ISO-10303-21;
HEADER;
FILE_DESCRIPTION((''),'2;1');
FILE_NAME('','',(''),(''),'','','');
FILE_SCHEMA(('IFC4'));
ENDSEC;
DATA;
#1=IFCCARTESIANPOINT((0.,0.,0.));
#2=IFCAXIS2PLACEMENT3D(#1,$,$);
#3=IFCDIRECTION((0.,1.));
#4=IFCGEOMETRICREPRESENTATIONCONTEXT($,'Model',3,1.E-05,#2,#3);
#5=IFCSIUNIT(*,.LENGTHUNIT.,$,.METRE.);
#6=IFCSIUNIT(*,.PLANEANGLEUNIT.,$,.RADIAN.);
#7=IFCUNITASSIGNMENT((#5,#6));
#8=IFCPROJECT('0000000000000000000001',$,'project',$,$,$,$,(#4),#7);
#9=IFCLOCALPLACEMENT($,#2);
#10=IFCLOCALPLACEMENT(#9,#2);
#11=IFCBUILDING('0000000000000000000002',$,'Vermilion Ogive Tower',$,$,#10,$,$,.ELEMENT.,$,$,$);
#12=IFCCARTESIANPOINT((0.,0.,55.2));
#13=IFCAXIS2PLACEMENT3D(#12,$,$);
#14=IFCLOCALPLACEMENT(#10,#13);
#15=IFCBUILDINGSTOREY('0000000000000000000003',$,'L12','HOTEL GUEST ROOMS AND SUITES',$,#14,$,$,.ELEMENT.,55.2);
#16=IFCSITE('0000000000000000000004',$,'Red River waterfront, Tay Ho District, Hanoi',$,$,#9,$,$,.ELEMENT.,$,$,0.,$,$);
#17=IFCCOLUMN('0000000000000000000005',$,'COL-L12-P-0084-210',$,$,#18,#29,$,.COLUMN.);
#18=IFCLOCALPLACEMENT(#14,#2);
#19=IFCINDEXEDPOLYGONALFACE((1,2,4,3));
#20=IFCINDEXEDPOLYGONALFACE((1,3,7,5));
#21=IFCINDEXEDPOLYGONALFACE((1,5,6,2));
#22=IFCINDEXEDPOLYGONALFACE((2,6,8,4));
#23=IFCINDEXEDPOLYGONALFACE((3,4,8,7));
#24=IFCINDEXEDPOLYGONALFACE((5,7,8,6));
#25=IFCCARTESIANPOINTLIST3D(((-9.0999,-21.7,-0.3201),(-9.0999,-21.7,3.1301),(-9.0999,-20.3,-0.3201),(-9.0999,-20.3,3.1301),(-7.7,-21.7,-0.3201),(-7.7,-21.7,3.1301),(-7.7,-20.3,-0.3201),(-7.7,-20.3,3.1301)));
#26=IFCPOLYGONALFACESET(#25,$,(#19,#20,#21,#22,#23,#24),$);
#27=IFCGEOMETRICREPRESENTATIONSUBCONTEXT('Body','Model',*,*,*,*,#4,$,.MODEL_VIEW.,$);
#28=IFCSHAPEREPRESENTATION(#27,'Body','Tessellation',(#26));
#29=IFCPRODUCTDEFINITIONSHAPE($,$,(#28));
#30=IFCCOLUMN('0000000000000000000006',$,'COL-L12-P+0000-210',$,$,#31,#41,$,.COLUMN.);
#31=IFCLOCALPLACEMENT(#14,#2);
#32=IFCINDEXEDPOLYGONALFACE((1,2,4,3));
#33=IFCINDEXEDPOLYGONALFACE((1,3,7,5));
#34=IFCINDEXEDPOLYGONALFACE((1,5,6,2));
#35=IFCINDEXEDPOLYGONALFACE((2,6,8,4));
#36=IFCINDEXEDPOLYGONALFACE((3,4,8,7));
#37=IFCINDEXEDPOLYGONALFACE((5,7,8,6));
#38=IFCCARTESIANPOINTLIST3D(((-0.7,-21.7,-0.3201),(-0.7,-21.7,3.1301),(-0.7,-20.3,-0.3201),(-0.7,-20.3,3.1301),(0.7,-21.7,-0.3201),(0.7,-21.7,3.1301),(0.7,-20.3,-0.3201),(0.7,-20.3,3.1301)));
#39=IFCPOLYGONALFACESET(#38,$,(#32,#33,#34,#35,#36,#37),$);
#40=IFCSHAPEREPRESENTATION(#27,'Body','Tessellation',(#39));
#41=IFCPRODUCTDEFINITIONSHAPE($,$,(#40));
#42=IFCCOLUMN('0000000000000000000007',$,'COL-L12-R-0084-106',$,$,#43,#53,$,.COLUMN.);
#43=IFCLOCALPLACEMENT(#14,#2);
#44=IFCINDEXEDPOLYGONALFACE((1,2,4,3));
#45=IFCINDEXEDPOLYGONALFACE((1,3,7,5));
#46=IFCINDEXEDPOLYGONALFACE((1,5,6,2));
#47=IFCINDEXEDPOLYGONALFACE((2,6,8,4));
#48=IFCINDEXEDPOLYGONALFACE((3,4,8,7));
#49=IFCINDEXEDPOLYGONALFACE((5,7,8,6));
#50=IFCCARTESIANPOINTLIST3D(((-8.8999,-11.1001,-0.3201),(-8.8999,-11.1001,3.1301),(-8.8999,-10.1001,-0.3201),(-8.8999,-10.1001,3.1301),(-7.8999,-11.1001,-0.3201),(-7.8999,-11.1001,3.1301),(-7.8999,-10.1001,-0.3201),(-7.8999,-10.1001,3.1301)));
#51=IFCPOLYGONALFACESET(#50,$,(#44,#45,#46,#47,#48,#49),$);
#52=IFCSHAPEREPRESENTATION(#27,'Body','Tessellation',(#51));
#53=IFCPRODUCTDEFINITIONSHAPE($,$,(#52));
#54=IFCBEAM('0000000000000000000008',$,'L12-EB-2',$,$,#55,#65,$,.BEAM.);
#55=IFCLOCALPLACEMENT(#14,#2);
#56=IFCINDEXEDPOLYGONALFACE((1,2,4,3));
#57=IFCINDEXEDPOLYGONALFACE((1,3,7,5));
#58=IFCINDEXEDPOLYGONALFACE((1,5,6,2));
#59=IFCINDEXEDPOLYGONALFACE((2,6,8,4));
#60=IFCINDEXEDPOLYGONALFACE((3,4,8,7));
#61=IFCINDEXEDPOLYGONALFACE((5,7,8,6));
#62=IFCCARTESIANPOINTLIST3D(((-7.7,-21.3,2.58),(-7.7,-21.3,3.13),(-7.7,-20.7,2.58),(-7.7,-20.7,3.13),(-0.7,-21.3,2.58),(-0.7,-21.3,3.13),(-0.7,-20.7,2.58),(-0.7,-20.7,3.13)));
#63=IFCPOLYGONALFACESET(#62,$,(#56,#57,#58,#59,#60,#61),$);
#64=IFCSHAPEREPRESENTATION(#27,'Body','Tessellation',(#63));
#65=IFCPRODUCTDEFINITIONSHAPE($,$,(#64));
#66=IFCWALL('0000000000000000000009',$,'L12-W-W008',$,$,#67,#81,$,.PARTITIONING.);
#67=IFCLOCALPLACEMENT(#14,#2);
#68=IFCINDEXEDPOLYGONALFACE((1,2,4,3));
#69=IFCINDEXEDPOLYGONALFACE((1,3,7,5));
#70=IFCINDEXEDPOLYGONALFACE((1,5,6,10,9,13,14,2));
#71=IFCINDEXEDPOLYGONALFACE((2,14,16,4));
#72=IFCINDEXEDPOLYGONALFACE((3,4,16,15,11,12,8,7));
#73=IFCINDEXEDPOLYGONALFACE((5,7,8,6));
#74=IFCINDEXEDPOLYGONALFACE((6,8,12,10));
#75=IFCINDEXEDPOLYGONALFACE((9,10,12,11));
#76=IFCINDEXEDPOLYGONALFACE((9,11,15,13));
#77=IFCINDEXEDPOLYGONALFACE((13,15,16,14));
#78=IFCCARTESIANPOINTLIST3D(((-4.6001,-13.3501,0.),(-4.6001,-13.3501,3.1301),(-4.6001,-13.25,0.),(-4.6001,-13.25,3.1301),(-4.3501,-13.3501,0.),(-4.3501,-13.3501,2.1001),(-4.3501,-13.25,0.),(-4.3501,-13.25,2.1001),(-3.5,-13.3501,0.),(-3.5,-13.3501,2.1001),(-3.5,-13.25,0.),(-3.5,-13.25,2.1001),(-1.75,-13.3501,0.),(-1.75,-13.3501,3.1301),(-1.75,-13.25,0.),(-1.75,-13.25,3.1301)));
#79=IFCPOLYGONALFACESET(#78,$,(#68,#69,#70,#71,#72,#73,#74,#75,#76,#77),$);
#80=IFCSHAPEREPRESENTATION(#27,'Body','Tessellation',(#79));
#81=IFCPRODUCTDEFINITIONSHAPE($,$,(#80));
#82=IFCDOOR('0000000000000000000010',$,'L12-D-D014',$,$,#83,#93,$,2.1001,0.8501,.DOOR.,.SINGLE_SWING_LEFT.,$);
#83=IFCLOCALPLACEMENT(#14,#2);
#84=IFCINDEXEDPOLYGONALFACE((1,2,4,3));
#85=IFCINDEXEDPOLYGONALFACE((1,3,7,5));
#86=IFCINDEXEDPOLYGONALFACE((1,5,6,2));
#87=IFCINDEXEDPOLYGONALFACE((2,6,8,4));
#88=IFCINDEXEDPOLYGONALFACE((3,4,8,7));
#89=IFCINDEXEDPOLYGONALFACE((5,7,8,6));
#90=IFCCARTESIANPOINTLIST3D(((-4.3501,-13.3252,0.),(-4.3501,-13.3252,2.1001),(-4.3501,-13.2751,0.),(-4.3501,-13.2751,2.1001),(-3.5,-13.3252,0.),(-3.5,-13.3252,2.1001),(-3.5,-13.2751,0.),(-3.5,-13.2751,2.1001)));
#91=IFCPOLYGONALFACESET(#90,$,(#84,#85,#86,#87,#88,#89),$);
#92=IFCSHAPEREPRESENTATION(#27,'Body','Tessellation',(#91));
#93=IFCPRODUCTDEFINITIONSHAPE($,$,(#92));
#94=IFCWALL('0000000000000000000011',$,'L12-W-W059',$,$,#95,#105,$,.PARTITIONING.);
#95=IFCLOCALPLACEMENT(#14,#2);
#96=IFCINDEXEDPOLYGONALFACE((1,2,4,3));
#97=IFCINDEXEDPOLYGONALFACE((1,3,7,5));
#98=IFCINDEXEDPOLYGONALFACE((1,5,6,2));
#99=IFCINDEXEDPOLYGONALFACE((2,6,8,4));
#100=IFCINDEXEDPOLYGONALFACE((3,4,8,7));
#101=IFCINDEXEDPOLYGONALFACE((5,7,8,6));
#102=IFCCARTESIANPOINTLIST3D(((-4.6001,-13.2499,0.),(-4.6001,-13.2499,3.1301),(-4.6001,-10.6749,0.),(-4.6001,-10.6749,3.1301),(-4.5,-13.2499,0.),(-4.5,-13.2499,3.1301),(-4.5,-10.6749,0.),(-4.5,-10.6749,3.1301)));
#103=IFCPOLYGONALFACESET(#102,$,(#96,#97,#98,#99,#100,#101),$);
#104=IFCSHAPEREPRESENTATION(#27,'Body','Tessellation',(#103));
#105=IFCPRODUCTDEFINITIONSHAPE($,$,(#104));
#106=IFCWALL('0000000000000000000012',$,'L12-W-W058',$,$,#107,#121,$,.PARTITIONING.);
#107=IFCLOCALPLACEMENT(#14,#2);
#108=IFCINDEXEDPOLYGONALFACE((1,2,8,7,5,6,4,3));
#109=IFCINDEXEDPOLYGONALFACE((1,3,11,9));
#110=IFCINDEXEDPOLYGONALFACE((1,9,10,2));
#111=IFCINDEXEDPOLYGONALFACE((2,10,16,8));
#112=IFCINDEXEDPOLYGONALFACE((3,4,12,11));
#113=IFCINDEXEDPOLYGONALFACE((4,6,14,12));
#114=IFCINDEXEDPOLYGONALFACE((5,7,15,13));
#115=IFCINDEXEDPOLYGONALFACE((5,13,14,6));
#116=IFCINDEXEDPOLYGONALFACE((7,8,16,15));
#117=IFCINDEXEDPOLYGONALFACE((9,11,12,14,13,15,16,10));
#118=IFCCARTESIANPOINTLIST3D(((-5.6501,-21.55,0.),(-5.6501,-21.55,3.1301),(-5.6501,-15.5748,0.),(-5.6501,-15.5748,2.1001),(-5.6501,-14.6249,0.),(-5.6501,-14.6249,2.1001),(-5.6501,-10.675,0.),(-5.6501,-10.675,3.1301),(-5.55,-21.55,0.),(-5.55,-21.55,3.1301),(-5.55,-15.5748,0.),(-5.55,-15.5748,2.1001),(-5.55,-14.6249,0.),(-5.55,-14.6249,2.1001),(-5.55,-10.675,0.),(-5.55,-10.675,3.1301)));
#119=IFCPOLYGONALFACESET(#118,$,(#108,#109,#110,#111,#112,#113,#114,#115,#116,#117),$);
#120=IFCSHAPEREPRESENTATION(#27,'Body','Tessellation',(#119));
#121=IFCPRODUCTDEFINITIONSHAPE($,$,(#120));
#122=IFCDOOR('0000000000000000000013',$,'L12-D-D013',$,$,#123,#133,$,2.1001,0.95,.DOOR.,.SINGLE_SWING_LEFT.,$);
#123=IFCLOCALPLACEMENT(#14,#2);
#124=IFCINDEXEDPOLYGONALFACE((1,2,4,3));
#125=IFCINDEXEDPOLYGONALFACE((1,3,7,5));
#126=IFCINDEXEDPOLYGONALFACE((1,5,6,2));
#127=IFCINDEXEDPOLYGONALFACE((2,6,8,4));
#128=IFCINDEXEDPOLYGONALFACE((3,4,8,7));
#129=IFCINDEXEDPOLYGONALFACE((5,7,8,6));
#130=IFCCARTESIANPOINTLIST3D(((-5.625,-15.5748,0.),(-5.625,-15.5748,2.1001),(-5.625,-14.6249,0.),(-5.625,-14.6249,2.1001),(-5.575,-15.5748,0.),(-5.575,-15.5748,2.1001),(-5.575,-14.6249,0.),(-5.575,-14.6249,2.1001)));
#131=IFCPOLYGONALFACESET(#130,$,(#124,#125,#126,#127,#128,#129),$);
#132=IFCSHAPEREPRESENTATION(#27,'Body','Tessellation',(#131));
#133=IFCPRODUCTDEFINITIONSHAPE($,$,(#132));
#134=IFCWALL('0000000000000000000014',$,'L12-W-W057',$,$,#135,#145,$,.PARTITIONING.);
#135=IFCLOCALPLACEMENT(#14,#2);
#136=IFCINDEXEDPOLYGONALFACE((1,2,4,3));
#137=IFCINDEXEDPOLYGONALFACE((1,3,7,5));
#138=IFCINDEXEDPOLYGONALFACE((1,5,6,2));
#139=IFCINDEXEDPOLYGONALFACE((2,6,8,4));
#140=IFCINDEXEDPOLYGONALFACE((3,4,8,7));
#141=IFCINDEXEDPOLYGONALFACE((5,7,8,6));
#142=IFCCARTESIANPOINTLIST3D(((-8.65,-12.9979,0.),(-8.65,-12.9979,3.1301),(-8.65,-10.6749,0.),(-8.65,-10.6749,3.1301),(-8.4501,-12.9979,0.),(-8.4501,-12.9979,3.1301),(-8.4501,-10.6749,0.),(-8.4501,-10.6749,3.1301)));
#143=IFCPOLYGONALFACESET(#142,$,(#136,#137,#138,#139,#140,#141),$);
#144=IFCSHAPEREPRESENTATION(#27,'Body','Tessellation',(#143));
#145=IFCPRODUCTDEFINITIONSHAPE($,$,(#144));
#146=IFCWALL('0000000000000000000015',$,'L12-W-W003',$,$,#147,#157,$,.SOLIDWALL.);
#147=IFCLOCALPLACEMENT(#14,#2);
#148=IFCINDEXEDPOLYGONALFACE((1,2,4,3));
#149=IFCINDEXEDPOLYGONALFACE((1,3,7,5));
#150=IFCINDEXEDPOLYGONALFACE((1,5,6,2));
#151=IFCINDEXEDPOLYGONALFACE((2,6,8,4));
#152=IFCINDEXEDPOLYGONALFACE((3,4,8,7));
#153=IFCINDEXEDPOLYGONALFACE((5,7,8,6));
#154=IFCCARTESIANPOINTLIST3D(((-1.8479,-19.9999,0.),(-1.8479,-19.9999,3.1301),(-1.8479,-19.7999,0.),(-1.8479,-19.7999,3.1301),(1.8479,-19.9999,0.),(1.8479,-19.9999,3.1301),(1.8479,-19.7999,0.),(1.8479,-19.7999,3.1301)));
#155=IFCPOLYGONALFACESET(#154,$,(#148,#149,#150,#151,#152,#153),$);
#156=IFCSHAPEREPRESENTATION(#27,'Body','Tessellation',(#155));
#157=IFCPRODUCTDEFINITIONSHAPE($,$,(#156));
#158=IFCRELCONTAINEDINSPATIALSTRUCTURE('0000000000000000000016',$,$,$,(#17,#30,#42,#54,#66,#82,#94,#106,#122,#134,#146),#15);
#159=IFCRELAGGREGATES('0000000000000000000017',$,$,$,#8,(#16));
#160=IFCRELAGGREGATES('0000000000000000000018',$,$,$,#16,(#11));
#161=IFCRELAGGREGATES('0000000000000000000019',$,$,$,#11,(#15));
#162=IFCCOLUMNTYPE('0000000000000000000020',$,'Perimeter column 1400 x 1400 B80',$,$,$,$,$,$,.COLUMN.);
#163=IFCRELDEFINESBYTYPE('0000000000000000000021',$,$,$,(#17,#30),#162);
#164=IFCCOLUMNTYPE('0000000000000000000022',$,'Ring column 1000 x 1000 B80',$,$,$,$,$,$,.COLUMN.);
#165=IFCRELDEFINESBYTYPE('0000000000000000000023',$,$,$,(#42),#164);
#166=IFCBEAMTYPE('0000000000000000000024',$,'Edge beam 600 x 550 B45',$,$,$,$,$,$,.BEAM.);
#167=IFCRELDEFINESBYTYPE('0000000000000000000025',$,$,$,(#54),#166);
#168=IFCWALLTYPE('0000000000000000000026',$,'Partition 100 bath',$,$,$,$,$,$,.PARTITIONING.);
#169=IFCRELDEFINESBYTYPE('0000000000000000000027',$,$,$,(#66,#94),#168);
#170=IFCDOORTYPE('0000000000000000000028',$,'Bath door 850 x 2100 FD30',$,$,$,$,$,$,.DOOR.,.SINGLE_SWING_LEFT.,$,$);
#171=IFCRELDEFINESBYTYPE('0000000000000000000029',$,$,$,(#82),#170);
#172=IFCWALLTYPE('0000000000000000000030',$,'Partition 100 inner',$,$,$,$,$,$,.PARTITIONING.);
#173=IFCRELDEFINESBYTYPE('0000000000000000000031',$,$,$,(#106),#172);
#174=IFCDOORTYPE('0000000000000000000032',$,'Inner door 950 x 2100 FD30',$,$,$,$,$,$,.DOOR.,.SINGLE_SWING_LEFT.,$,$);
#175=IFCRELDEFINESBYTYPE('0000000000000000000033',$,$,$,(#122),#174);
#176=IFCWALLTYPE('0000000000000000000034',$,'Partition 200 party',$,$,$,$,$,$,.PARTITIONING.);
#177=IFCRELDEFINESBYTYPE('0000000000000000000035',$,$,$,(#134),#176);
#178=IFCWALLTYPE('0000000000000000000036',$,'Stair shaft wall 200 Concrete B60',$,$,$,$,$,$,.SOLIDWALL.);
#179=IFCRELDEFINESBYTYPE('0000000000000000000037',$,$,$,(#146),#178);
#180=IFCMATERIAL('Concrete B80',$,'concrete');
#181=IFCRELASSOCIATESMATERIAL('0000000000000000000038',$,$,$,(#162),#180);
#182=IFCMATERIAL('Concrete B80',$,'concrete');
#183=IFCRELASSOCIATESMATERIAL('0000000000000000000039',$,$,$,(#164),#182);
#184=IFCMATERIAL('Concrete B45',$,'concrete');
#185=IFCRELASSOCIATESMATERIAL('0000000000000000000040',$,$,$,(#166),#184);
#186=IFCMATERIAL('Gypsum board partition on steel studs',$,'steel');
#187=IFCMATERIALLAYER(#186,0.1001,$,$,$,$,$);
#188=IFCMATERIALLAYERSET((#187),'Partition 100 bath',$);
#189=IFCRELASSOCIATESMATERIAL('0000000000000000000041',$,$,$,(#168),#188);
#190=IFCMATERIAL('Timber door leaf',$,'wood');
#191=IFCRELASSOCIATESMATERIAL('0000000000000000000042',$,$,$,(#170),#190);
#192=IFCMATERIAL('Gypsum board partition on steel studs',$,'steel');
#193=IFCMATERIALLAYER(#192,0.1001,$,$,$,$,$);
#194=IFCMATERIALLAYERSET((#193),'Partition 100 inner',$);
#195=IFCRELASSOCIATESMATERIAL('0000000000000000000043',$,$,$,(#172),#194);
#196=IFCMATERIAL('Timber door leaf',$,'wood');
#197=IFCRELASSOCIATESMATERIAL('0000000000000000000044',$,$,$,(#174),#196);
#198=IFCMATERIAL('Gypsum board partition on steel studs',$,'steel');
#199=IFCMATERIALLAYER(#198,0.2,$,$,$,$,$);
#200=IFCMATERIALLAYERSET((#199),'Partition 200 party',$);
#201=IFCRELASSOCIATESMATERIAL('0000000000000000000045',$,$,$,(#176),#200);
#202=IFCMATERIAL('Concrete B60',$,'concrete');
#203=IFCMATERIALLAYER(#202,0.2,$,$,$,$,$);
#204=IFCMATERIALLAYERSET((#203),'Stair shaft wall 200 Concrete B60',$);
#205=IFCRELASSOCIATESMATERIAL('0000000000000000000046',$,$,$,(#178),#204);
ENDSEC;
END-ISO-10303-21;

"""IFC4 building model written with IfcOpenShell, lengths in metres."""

from ifc_helpers import new_model, si_unit, direction, frame, frame_2d, origin, origin_2d, place, context, subcontext, project, spatial, rectangle, extrude, material, layer, layer_set, material_profile, profile_set, type_object, element, fill, save


model = new_model("IFC4")

# Units and contexts
model_context = context("Model", 3, precision=1e-05, world=origin(), true_north=direction((0.0, 1.0)))
body_context = subcontext(model_context, "Body", "Model", "MODEL_VIEW")
ifc_project = project(units=[si_unit("LENGTHUNIT", "METRE"), si_unit("PLANEANGLEUNIT", "RADIAN")], contexts=[model_context])

# Site, building, storey
site_placement = place(None, origin())
site = spatial("IfcSite", under=ifc_project, at=site_placement, Name="Red River waterfront, Tay Ho District, Hanoi", CompositionType="ELEMENT", RefElevation=0.0)
building_placement = place(site_placement, origin())
building = spatial("IfcBuilding", under=site, at=building_placement, Name="Vermilion Ogive Tower", CompositionType="ELEMENT")
storey_placement = place(building_placement, frame((0.0, 0.0, 55.2)))
storey = spatial("IfcBuildingStorey", under=building, at=storey_placement, Name="L12", Description="HOTEL GUEST ROOMS AND SUITES", CompositionType="ELEMENT", Elevation=55.2)

# Columns
ifc_material_1 = material(Name="Concrete B80", Category="concrete")
ifc_material_profile_1 = material_profile(ifc_material_1, rectangle(XDim=1.3999, YDim=1.3999, at=origin_2d()), Name="1400 x 1400")
ifc_profile_set_1 = profile_set([ifc_material_profile_1], Name="Concrete B80")
column_type_1 = type_object("IfcColumnType", Name="Perimeter column 1400 x 1400 B80", PredefinedType="COLUMN", material=ifc_profile_set_1)
for number, where, z_axis, x_axis, name in (
    (1, (-8.3999, -21.0, -0.3201), (0.0, 0.0, 1.0), (1.0, 0.0, 0.0), "COL-L12-P-0084-210"),
    (2, (0.0, -21.0, -0.3201), (0.0, 0.0, 1.0), (1.0, 0.0, 0.0), "COL-L12-P+0000-210"),
):
    element("IfcColumn", number, at=place(storey_placement, frame(where, z_axis=z_axis, x_axis=x_axis)), inside=storey, type_object=column_type_1, Name=name, PredefinedType="COLUMN", context=body_context, shape_type="SweptSolid", body=[
        extrude(rectangle(XDim=1.3999, YDim=1.3999, at=origin_2d()), origin(), (0.0, 0.0, 1.0), 3.4502),
    ])
ifc_material_2 = material(Name="Concrete B80", Category="concrete")
ifc_material_profile_2 = material_profile(ifc_material_2, rectangle(XDim=1.0, YDim=1.0, at=origin_2d()), Name="1000 x 1000")
ifc_profile_set_2 = profile_set([ifc_material_profile_2], Name="Concrete B80")
column_type_2 = type_object("IfcColumnType", Name="Ring column 1000 x 1000 B80", PredefinedType="COLUMN", material=ifc_profile_set_2)
column_placement = place(storey_placement, frame((-8.3999, -10.6001, -0.3201), z_axis=(0.0, 0.0, 1.0), x_axis=(1.0, 0.0, 0.0)))
element("IfcColumn", 3, at=column_placement, inside=storey, type_object=column_type_2, Name="COL-L12-R-0084-106", PredefinedType="COLUMN", context=body_context, shape_type="SweptSolid", body=[
    extrude(rectangle(XDim=1.0, YDim=1.0, at=origin_2d()), origin(), (0.0, 0.0, 1.0), 3.4502),
])

# Beam
ifc_material_3 = material(Name="Concrete B45", Category="concrete")
ifc_material_profile_3 = material_profile(ifc_material_3, rectangle(XDim=0.6001, YDim=0.55, at=origin_2d()), Name="600 x 550")
ifc_profile_set_3 = profile_set([ifc_material_profile_3], Name="Concrete B45")
beam_type = type_object("IfcBeamType", Name="Edge beam 600 x 550 B45", PredefinedType="BEAM", material=ifc_profile_set_3)
beam_placement = place(storey_placement, frame((-7.7, -21.0, 2.855), z_axis=(1.0, 0.0, 0.0), x_axis=(0.0, 1.0, 0.0)))
element("IfcBeam", 4, at=beam_placement, inside=storey, type_object=beam_type, Name="L12-EB-2", PredefinedType="BEAM", context=body_context, shape_type="SweptSolid", body=[
    extrude(rectangle(XDim=0.6001, YDim=0.55, at=origin_2d()), origin(), (0.0, 0.0, 1.0), 7.0),
])

# Wall, opening, door
ifc_material_4 = material(Name="Gypsum board partition on steel studs", Category="steel")
ifc_layer_1 = layer(ifc_material_4, 0.1001)
ifc_layer_set_1 = layer_set([ifc_layer_1], Name="Partition 100 bath")
wall_type_1 = type_object("IfcWallType", Name="Partition 100 bath", PredefinedType="PARTITIONING", material=ifc_layer_set_1)
wall_1_placement = place(storey_placement, frame((-4.6001, -13.3, 0.0), z_axis=(0.0, 0.0, 1.0), x_axis=(1.0, 0.0, 0.0)))
wall_1 = element("IfcWall", 5, at=wall_1_placement, inside=storey, type_object=wall_type_1, Name="L12-W-W008", PredefinedType="PARTITIONING", context=body_context, shape_type="SweptSolid", body=[
    extrude(rectangle(XDim=2.8501, YDim=0.1001, at=frame_2d((1.425, 0.0))), origin(), (0.0, 0.0, 1.0), 3.1301),
])
opening_1_placement = place(wall_1_placement, frame((0.25, 0.0, 0.0)))
opening_1 = element("IfcOpeningElement", 6, at=opening_1_placement, cuts=wall_1, PredefinedType="OPENING", context=body_context, shape_type="SweptSolid", body=[
    extrude(rectangle(XDim=0.8501, YDim=2.1001, at=frame_2d((0.425, 1.05))), frame((0.0, 0.0601, 0.0), z_axis=(0.0, -1.0, 0.0), x_axis=(1.0, 0.0, 0.0)), (0.0, 0.0, 1.0), 0.1201),
])
ifc_material_5 = material(Name="Timber door leaf", Category="wood")
door_type_1 = type_object("IfcDoorType", Name="Bath door 850 x 2100 FD30", OperationType="SINGLE_SWING_LEFT", PredefinedType="DOOR", material=ifc_material_5)
door_1_placement = place(opening_1_placement, origin())
door_1 = element("IfcDoor", 7, at=door_1_placement, inside=storey, type_object=door_type_1, Name="L12-D-D014", OperationType="SINGLE_SWING_LEFT", OverallHeight=2.1001, OverallWidth=0.8501, PredefinedType="DOOR", context=body_context, shape_type="SweptSolid", body=[
    extrude(rectangle(XDim=0.8501, YDim=2.1001, at=frame_2d((0.425, 1.05))), frame((0.0, 0.0249, 0.0), z_axis=(0.0, -1.0, 0.0), x_axis=(1.0, 0.0, 0.0)), (0.0, 0.0, 1.0), 0.05),
])
fill(opening_1, door_1)

# Wall
wall_2_placement = place(storey_placement, frame((-4.55, -13.25, 0.0), z_axis=(0.0, 0.0, 1.0), x_axis=(0.0, 1.0, 0.0)))
element("IfcWall", 8, at=wall_2_placement, inside=storey, type_object=wall_type_1, Name="L12-W-W059", PredefinedType="PARTITIONING", context=body_context, shape_type="SweptSolid", body=[
    extrude(rectangle(XDim=2.575, YDim=0.1001, at=frame_2d((1.2876, 0.0))), origin(), (0.0, 0.0, 1.0), 3.1301),
])

# Wall, opening, door
ifc_material_6 = material(Name="Gypsum board partition on steel studs", Category="steel")
ifc_layer_2 = layer(ifc_material_6, 0.1001)
ifc_layer_set_2 = layer_set([ifc_layer_2], Name="Partition 100 inner")
wall_type_2 = type_object("IfcWallType", Name="Partition 100 inner", PredefinedType="PARTITIONING", material=ifc_layer_set_2)
wall_3_placement = place(storey_placement, frame((-5.6001, -21.55, 0.0), z_axis=(0.0, 0.0, 1.0), x_axis=(0.0, 1.0, 0.0)))
wall_3 = element("IfcWall", 9, at=wall_3_placement, inside=storey, type_object=wall_type_2, Name="L12-W-W058", PredefinedType="PARTITIONING", context=body_context, shape_type="SweptSolid", body=[
    extrude(rectangle(XDim=10.875, YDim=0.1001, at=frame_2d((5.4375, 0.0))), origin(), (0.0, 0.0, 1.0), 3.1301),
])
opening_2_placement = place(wall_3_placement, frame((5.9751, 0.0, 0.0)))
opening_2 = element("IfcOpeningElement", 10, at=opening_2_placement, cuts=wall_3, PredefinedType="OPENING", context=body_context, shape_type="SweptSolid", body=[
    extrude(rectangle(XDim=0.95, YDim=2.1001, at=frame_2d((0.4751, 1.05))), frame((0.0, 0.0601, 0.0), z_axis=(0.0, -1.0, 0.0), x_axis=(1.0, 0.0, 0.0)), (0.0, 0.0, 1.0), 0.1201),
])
ifc_material_7 = material(Name="Timber door leaf", Category="wood")
door_type_2 = type_object("IfcDoorType", Name="Inner door 950 x 2100 FD30", OperationType="SINGLE_SWING_LEFT", PredefinedType="DOOR", material=ifc_material_7)
door_2_placement = place(opening_2_placement, origin())
door_2 = element("IfcDoor", 11, at=door_2_placement, inside=storey, type_object=door_type_2, Name="L12-D-D013", OperationType="SINGLE_SWING_LEFT", OverallHeight=2.1001, OverallWidth=0.95, PredefinedType="DOOR", context=body_context, shape_type="SweptSolid", body=[
    extrude(rectangle(XDim=0.95, YDim=2.1001, at=frame_2d((0.4751, 1.05))), frame((0.0, 0.0249, 0.0), z_axis=(0.0, -1.0, 0.0), x_axis=(1.0, 0.0, 0.0)), (0.0, 0.0, 1.0), 0.05),
])
fill(opening_2, door_2)

# Walls
ifc_material_8 = material(Name="Gypsum board partition on steel studs", Category="steel")
ifc_layer_3 = layer(ifc_material_8, 0.2)
ifc_layer_set_3 = layer_set([ifc_layer_3], Name="Partition 200 party")
wall_type_3 = type_object("IfcWallType", Name="Partition 200 party", PredefinedType="PARTITIONING", material=ifc_layer_set_3)
wall_4_placement = place(storey_placement, frame((-8.55, -12.998, 0.0), z_axis=(0.0, 0.0, 1.0), x_axis=(0.0, 1.0, 0.0)))
element("IfcWall", 12, at=wall_4_placement, inside=storey, type_object=wall_type_3, Name="L12-W-W057", PredefinedType="PARTITIONING", context=body_context, shape_type="SweptSolid", body=[
    extrude(rectangle(XDim=2.323, YDim=0.2, at=frame_2d((1.1616, 0.0))), origin(), (0.0, 0.0, 1.0), 3.1301),
])
ifc_material_9 = material(Name="Concrete B60", Category="concrete")
ifc_layer_4 = layer(ifc_material_9, 0.2)
ifc_layer_set_4 = layer_set([ifc_layer_4], Name="Stair shaft wall 200 Concrete B60")
wall_type_4 = type_object("IfcWallType", Name="Stair shaft wall 200 Concrete B60", PredefinedType="SOLIDWALL", material=ifc_layer_set_4)
wall_5_placement = place(storey_placement, frame((-1.8479, -19.8999, 0.0), z_axis=(0.0, 0.0, 1.0), x_axis=(1.0, 0.0, 0.0)))
element("IfcWall", 13, at=wall_5_placement, inside=storey, type_object=wall_type_4, Name="L12-W-W003", PredefinedType="SOLIDWALL", context=body_context, shape_type="SweptSolid", body=[
    extrude(rectangle(XDim=3.6958, YDim=0.2, at=frame_2d((1.8479, 0.0))), origin(), (0.0, 0.0, 1.0), 3.1301),
])

save(model, "model.ifc")
